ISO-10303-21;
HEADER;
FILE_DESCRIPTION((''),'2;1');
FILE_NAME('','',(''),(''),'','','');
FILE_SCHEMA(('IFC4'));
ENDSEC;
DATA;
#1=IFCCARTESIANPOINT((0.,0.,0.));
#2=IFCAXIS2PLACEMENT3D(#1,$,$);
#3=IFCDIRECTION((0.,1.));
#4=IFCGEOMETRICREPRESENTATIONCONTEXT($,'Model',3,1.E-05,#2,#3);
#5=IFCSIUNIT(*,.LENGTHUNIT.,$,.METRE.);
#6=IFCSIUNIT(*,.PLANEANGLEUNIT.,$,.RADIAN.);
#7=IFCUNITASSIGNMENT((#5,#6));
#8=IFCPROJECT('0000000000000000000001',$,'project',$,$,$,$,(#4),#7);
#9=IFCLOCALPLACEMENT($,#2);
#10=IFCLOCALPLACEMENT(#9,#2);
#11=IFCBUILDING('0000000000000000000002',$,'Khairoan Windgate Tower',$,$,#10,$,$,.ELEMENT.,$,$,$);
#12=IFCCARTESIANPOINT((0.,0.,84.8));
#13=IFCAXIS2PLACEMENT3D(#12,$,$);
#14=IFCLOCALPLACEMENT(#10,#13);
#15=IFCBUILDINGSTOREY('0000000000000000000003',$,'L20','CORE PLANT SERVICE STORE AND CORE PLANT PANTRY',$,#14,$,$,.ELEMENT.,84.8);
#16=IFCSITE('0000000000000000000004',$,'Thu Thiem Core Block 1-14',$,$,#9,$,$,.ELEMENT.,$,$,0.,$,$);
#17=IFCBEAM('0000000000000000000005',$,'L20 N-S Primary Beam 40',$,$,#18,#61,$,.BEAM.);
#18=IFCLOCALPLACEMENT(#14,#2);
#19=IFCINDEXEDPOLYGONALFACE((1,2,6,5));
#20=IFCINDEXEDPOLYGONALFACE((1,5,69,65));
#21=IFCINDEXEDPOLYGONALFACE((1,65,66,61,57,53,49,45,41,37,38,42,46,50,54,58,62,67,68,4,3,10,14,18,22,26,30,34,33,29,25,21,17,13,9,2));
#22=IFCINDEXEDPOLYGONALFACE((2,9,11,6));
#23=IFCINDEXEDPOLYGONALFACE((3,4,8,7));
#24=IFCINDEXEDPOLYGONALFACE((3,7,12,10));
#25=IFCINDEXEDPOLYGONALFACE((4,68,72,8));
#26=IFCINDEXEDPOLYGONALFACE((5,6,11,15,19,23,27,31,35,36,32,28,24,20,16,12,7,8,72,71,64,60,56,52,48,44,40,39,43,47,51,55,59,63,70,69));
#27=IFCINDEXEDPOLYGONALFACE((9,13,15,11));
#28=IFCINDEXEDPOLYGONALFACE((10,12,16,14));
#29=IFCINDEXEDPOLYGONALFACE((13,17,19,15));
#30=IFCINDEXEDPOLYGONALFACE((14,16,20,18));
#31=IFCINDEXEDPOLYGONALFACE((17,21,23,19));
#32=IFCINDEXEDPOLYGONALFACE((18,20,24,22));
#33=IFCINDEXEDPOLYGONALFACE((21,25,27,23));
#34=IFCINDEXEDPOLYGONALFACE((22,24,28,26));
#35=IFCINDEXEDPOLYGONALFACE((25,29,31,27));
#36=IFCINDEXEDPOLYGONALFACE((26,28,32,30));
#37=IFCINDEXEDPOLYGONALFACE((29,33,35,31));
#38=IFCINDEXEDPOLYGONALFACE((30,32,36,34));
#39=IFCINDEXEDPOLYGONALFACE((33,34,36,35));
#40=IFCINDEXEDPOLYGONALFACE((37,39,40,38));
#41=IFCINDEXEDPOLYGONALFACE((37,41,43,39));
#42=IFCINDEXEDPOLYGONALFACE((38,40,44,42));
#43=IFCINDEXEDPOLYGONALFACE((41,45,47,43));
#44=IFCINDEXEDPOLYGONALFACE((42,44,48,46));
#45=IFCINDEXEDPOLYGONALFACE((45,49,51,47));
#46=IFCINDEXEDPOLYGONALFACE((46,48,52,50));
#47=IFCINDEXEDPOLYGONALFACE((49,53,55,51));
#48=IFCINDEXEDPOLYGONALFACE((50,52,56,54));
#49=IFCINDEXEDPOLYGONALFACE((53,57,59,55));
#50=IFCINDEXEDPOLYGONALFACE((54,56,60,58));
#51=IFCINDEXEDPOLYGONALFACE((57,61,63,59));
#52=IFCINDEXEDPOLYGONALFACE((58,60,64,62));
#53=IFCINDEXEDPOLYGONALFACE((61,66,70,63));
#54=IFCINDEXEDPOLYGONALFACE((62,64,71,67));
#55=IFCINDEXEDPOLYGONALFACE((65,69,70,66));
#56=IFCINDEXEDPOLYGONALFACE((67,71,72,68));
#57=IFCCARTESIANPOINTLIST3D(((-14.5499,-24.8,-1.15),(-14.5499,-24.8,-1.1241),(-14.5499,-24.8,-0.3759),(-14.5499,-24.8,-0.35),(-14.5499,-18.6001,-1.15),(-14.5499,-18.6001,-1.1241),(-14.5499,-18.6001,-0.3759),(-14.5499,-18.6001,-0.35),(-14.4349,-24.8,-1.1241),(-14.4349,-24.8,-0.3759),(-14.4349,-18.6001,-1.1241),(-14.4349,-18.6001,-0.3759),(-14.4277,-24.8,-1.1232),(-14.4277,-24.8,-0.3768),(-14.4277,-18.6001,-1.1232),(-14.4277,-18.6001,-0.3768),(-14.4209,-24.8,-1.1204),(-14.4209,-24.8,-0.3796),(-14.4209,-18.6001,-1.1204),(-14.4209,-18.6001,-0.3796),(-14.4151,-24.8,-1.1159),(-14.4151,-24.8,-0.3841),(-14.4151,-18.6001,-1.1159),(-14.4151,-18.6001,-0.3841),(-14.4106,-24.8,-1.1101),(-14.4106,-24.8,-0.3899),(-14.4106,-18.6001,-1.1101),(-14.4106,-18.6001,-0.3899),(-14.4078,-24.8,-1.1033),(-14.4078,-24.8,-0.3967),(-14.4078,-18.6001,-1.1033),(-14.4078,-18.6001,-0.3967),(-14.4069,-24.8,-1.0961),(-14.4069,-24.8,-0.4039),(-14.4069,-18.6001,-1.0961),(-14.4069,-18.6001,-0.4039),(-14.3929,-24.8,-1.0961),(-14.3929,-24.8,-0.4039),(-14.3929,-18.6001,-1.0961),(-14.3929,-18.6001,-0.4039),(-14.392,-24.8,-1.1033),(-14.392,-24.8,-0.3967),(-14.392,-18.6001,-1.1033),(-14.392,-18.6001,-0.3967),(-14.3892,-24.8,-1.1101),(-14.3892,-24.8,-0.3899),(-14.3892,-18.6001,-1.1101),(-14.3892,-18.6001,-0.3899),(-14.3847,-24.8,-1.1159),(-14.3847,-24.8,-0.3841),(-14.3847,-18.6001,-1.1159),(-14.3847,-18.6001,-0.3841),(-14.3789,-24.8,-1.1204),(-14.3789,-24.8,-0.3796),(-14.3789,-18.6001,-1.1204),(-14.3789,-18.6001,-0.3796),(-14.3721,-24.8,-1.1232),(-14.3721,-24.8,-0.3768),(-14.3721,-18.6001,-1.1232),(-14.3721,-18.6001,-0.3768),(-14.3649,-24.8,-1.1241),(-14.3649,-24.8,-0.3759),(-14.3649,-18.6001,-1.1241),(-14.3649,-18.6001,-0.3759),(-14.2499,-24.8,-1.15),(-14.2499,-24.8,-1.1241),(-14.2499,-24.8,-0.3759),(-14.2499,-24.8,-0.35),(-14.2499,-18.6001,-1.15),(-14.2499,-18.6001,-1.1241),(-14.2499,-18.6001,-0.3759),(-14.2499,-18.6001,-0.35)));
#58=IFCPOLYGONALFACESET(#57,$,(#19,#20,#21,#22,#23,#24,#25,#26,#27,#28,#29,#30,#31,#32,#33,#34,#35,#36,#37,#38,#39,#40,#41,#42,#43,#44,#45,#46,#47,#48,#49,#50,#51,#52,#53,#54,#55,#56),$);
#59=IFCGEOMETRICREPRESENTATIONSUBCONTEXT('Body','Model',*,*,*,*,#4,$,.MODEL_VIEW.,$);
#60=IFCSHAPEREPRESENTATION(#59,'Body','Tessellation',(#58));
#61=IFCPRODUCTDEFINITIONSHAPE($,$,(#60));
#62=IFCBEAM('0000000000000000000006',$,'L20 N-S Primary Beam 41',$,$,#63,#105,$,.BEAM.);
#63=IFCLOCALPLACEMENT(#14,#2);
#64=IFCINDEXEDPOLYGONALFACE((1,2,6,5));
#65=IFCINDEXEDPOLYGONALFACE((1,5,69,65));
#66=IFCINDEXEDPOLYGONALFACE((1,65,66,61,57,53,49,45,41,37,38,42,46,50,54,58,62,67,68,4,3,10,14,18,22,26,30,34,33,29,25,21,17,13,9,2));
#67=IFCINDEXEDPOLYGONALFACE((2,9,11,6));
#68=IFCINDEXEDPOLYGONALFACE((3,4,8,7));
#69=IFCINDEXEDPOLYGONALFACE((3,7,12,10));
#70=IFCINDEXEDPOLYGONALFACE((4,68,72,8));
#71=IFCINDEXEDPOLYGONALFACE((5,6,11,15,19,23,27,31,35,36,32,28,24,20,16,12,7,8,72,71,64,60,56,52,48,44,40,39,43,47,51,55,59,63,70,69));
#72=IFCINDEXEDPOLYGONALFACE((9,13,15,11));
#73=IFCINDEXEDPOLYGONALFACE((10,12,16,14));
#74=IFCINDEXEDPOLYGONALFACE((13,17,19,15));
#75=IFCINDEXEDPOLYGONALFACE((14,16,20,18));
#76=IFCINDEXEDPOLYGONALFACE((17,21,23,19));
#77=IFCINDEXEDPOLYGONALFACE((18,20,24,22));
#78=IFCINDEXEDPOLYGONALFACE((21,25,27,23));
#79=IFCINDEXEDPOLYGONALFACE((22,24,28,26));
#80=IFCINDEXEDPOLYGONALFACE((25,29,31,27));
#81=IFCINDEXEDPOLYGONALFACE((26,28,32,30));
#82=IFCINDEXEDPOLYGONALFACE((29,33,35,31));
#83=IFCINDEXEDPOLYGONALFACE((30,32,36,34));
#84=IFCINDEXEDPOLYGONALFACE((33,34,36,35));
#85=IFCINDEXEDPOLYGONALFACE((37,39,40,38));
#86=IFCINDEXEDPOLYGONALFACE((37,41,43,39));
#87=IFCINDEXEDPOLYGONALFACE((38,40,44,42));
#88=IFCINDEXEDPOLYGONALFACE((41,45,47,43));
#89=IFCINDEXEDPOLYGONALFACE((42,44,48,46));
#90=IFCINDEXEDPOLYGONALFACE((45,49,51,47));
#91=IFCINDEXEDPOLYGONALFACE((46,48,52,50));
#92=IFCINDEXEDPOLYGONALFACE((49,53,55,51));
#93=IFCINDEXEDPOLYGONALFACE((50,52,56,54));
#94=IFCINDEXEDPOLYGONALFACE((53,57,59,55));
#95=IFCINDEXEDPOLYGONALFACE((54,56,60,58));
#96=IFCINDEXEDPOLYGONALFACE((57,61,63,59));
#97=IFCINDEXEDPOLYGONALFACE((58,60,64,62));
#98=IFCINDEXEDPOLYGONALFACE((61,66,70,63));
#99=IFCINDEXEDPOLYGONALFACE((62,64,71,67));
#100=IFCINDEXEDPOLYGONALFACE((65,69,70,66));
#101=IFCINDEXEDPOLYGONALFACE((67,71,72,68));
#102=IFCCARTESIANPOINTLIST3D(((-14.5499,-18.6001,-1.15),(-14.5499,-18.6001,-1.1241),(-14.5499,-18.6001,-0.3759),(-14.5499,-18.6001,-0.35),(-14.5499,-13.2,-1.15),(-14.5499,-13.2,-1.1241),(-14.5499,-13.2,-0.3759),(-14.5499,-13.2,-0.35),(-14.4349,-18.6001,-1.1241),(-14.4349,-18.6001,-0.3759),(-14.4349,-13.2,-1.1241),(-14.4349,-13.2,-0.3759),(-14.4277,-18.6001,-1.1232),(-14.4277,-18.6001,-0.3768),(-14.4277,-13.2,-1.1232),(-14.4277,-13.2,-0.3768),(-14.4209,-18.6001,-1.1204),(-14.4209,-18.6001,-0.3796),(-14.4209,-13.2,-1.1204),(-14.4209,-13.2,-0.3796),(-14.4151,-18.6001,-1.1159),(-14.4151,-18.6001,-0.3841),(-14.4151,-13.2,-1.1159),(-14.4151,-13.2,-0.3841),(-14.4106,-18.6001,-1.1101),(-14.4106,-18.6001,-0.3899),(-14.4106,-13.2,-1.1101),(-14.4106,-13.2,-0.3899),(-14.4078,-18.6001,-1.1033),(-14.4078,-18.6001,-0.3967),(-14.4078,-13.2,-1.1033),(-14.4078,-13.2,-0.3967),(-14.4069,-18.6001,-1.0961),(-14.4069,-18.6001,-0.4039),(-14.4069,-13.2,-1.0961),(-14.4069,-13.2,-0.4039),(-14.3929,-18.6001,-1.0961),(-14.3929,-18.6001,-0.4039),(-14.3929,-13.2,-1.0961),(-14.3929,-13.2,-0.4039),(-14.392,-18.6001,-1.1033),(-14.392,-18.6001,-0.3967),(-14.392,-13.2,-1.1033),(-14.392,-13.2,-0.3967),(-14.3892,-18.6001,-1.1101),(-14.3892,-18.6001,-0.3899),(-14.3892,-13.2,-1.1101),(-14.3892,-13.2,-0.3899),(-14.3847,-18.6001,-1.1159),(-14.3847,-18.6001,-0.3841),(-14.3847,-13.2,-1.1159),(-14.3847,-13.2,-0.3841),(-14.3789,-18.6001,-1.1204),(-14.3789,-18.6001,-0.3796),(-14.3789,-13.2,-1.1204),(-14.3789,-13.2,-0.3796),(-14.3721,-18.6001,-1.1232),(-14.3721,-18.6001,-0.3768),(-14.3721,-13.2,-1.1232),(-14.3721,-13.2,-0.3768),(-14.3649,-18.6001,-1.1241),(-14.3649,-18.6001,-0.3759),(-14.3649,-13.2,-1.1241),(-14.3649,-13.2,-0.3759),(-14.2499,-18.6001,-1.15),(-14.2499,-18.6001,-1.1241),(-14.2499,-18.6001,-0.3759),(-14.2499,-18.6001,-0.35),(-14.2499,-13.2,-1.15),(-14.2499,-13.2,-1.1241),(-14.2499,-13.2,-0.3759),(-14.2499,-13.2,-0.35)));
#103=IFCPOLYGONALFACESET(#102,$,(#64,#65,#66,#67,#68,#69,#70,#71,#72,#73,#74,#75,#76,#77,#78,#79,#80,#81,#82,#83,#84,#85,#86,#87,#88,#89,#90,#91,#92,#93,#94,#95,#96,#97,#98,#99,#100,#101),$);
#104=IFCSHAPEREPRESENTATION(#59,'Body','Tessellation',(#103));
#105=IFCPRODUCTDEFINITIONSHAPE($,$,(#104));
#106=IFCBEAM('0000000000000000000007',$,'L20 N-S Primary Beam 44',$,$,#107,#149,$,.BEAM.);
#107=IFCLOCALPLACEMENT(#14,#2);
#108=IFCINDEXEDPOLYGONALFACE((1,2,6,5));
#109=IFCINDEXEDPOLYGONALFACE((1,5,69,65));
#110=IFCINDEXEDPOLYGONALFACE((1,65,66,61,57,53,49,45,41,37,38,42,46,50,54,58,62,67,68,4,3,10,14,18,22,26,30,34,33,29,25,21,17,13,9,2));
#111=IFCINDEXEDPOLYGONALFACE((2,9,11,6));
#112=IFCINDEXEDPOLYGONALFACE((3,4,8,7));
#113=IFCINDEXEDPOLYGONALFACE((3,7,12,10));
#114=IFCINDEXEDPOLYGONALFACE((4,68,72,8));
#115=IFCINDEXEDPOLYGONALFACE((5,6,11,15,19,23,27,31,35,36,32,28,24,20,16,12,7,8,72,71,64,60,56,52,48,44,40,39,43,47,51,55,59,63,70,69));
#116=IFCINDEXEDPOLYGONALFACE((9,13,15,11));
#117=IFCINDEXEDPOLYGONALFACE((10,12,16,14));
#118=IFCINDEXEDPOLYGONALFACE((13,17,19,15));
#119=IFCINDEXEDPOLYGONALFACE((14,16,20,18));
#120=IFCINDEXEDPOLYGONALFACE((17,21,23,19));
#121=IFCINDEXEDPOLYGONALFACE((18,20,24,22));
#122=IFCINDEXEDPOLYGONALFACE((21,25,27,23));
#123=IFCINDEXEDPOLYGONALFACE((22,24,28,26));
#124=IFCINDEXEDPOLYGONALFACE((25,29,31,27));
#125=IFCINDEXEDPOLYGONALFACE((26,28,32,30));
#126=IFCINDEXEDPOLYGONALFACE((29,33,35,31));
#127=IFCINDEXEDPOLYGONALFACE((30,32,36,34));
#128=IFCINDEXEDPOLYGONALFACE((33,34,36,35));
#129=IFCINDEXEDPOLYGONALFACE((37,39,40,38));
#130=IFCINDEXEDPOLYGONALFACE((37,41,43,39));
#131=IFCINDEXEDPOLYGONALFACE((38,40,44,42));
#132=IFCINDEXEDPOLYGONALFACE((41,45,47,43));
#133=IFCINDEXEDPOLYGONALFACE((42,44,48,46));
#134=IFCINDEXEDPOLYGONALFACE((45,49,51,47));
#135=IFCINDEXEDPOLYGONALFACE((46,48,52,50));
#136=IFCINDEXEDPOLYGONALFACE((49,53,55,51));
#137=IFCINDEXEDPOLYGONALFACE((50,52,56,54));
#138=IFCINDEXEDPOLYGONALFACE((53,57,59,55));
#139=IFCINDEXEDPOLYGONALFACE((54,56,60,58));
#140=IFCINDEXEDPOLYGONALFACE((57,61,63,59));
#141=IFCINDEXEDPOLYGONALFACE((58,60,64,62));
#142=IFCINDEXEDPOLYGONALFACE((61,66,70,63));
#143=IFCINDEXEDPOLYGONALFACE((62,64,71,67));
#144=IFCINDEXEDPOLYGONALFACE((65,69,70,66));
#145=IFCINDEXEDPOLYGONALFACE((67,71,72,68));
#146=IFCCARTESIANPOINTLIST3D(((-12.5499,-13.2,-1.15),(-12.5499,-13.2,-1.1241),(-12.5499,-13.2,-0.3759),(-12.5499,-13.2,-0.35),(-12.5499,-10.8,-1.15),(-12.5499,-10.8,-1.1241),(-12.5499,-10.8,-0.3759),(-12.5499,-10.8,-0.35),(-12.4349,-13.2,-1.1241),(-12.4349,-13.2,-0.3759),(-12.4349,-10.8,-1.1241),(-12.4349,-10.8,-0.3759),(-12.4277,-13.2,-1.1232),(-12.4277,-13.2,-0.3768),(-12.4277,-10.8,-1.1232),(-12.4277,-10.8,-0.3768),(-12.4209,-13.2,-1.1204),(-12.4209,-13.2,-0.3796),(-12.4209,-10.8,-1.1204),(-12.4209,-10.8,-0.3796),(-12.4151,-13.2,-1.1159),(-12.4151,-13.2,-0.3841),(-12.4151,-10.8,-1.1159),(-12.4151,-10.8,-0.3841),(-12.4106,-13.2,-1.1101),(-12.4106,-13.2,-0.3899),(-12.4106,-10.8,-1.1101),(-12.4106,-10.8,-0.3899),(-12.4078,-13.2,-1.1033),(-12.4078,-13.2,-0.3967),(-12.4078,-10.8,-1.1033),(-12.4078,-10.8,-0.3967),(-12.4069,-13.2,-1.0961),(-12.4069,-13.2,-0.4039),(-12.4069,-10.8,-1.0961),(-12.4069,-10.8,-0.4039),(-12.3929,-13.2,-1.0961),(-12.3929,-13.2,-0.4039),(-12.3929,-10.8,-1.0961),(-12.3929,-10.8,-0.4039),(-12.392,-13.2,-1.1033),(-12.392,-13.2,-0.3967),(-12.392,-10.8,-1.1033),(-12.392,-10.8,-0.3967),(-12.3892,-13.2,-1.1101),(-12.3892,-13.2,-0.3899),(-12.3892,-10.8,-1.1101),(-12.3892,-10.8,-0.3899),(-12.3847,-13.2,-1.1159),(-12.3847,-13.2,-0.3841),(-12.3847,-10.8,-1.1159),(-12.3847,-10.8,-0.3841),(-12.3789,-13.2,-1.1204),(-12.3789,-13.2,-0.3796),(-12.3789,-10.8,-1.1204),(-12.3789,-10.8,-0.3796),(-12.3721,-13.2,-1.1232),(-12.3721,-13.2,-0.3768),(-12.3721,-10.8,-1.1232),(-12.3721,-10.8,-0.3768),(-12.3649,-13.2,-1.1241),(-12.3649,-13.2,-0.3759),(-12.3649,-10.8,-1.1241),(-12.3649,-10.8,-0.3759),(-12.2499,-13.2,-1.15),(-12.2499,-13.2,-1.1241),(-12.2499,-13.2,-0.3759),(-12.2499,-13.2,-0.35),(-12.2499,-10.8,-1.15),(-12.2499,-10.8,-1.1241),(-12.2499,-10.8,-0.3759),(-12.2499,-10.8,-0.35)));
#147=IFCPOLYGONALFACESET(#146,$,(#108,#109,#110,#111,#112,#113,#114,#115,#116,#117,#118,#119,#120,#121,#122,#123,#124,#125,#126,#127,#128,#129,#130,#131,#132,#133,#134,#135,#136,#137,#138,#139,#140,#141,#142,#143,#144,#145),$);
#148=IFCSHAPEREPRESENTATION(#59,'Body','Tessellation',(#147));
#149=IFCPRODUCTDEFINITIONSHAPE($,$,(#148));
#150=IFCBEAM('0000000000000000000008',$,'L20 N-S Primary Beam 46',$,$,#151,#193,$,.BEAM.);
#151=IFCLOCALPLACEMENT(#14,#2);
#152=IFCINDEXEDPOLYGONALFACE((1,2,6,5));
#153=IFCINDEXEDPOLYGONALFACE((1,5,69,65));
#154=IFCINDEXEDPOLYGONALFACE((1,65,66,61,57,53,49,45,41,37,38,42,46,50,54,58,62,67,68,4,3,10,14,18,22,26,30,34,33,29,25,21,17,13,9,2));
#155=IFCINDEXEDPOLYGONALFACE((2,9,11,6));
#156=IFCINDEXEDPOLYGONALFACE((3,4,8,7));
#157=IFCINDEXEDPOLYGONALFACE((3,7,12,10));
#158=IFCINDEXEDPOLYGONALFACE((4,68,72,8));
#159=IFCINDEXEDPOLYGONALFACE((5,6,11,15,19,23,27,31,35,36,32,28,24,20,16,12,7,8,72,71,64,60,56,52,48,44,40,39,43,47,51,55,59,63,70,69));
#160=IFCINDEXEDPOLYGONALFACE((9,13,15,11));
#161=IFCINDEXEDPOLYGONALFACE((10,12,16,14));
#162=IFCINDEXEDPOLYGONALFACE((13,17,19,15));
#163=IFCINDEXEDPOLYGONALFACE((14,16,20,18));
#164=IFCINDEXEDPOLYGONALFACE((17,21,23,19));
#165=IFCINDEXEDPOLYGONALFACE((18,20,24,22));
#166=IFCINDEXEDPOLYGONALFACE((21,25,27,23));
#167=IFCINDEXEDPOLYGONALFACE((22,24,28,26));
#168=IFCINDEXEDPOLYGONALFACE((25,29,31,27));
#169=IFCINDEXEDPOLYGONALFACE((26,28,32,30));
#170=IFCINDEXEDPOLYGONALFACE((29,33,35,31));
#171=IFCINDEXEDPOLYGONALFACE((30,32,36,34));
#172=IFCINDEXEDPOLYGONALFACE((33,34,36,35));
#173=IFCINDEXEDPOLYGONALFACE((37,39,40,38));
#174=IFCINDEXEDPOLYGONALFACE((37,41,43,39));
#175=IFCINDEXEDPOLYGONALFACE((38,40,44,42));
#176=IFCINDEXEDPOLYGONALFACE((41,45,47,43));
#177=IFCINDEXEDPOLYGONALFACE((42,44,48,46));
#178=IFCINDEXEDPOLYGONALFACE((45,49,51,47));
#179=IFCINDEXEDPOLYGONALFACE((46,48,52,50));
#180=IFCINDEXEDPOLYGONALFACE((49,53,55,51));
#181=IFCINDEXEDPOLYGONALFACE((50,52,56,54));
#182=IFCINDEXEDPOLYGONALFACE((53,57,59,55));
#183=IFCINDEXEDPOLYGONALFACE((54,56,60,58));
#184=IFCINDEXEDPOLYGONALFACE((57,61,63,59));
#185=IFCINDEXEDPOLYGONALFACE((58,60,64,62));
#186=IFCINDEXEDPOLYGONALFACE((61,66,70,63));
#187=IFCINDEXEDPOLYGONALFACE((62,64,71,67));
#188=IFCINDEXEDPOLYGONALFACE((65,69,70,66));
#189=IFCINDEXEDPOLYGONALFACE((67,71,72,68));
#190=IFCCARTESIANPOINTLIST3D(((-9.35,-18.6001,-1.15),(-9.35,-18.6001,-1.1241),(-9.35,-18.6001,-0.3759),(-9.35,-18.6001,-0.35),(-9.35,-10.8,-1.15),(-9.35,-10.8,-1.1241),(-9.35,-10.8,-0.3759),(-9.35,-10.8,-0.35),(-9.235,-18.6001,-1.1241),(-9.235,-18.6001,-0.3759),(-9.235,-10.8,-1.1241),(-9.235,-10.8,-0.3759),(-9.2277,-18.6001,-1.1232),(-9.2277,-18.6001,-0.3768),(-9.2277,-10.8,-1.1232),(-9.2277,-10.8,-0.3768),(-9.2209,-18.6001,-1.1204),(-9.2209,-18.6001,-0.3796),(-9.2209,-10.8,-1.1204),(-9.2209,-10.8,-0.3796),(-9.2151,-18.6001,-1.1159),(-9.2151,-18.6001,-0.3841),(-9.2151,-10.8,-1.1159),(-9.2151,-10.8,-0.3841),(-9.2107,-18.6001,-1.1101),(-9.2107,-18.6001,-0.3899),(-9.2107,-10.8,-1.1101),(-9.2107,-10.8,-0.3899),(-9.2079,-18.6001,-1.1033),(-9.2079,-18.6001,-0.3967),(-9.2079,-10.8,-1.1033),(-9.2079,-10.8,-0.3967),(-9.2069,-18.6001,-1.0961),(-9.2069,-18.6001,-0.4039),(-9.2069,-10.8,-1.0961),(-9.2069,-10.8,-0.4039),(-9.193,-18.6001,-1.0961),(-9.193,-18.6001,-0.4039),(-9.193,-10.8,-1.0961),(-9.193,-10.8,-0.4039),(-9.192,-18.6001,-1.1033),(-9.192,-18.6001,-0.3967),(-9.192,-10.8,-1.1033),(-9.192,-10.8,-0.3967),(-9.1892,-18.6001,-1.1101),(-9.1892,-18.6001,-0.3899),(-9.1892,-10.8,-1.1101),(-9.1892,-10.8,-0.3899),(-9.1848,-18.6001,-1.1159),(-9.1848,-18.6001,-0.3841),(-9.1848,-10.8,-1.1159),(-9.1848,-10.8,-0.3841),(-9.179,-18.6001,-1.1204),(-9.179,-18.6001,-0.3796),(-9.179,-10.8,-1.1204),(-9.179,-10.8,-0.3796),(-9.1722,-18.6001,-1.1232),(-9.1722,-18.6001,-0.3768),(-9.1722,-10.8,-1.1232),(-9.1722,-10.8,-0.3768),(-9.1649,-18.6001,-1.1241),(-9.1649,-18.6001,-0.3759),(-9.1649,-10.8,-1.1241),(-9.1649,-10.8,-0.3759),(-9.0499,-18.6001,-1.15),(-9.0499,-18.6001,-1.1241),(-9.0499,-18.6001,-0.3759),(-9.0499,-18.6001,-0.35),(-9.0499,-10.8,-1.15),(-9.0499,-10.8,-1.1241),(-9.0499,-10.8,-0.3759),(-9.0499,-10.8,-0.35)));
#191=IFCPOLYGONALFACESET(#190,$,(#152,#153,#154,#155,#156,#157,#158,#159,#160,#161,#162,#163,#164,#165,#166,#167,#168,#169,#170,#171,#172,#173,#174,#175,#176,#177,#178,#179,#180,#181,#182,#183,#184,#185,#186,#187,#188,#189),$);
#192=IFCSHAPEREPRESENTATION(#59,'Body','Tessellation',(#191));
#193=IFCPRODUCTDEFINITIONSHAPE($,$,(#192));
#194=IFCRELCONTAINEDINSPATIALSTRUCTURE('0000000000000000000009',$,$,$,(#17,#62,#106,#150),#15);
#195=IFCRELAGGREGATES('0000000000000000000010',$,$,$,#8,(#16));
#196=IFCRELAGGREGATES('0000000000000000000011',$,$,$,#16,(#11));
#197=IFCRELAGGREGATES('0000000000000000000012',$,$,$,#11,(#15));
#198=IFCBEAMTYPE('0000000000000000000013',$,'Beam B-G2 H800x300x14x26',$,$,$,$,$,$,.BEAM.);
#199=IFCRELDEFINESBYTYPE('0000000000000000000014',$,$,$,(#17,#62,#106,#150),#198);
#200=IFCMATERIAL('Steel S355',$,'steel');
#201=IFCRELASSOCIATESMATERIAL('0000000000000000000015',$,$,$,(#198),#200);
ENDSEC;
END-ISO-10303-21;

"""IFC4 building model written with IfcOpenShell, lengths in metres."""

from ifc_helpers import new_model, si_unit, direction, frame, origin, origin_2d, place, context, subcontext, project, spatial, i_section, extrude, material, material_profile, profile_set, type_object, element, save


model = new_model("IFC4")

# Units and contexts
model_context = context("Model", 3, precision=1e-05, world=origin(), true_north=direction((0.0, 1.0)))
body_context = subcontext(model_context, "Body", "Model", "MODEL_VIEW")
ifc_project = project(units=[si_unit("LENGTHUNIT", "METRE"), si_unit("PLANEANGLEUNIT", "RADIAN")], contexts=[model_context])

# Site, building, storey
site_placement = place(None, origin())
site = spatial("IfcSite", under=ifc_project, at=site_placement, Name="Thu Thiem Core Block 1-14", CompositionType="ELEMENT", RefElevation=0.0)
building_placement = place(site_placement, origin())
building = spatial("IfcBuilding", under=site, at=building_placement, Name="Khairoan Windgate Tower", CompositionType="ELEMENT")
storey_placement = place(building_placement, frame((0.0, 0.0, 84.8)))
storey = spatial("IfcBuildingStorey", under=building, at=storey_placement, Name="L20", Description="CORE PLANT SERVICE STORE AND CORE PLANT PANTRY", CompositionType="ELEMENT", Elevation=84.8)

# Beams
ifc_material_1 = material(Name="Steel S355", Category="steel")
ifc_material_profile_1 = material_profile(ifc_material_1, i_section(OverallWidth=0.3, OverallDepth=0.8, WebThickness=0.0139, FlangeThickness=0.0259, FilletRadius=0.0281, at=origin_2d()))
ifc_profile_set_1 = profile_set([ifc_material_profile_1], Name="Steel S355")
beam_type_1 = type_object("IfcBeamType", Name="Beam B-G2 H800x300x14x26", PredefinedType="BEAM", material=ifc_profile_set_1)
beam_1_placement = place(storey_placement, frame((-14.3999, -24.8, -0.75), z_axis=(0.0, 1.0, 0.0), x_axis=(-1.0, 0.0, 0.0)))
element("IfcBeam", 1, at=beam_1_placement, inside=storey, type_object=beam_type_1, Name="L20 N-S Primary Beam 40", PredefinedType="BEAM", context=body_context, shape_type="SweptSolid", body=[
    extrude(i_section(OverallWidth=0.3, OverallDepth=0.8, WebThickness=0.0139, FlangeThickness=0.0259, FilletRadius=0.0281, at=origin_2d()), origin(), (0.0, 0.0, 1.0), 6.2),
])
beam_2_placement = place(storey_placement, frame((-14.3999, -18.6001, -0.75), z_axis=(0.0, 1.0, 0.0), x_axis=(-1.0, 0.0, 0.0)))
element("IfcBeam", 2, at=beam_2_placement, inside=storey, type_object=beam_type_1, Name="L20 N-S Primary Beam 41", PredefinedType="BEAM", context=body_context, shape_type="SweptSolid", body=[
    extrude(i_section(OverallWidth=0.3, OverallDepth=0.8, WebThickness=0.0139, FlangeThickness=0.0259, FilletRadius=0.0281, at=origin_2d()), origin(), (0.0, 0.0, 1.0), 5.4001),
])
beam_3_placement = place(storey_placement, frame((-12.3999, -13.2, -0.75), z_axis=(0.0, 1.0, 0.0), x_axis=(-1.0, 0.0, 0.0)))
element("IfcBeam", 3, at=beam_3_placement, inside=storey, type_object=beam_type_1, Name="L20 N-S Primary Beam 44", PredefinedType="BEAM", context=body_context, shape_type="SweptSolid", body=[
    extrude(i_section(OverallWidth=0.3, OverallDepth=0.8, WebThickness=0.0139, FlangeThickness=0.0259, FilletRadius=0.0281, at=origin_2d()), origin(), (0.0, 0.0, 1.0), 2.3999),
])
beam_4_placement = place(storey_placement, frame((-9.2, -18.6001, -0.75), z_axis=(0.0, 1.0, 0.0), x_axis=(-1.0, 0.0, 0.0)))
element("IfcBeam", 4, at=beam_4_placement, inside=storey, type_object=beam_type_1, Name="L20 N-S Primary Beam 46", PredefinedType="BEAM", context=body_context, shape_type="SweptSolid", body=[
    extrude(i_section(OverallWidth=0.3, OverallDepth=0.8, WebThickness=0.0139, FlangeThickness=0.0259, FilletRadius=0.0281, at=origin_2d()), origin(), (0.0, 0.0, 1.0), 7.8),
])

save(model, "model.ifc")
